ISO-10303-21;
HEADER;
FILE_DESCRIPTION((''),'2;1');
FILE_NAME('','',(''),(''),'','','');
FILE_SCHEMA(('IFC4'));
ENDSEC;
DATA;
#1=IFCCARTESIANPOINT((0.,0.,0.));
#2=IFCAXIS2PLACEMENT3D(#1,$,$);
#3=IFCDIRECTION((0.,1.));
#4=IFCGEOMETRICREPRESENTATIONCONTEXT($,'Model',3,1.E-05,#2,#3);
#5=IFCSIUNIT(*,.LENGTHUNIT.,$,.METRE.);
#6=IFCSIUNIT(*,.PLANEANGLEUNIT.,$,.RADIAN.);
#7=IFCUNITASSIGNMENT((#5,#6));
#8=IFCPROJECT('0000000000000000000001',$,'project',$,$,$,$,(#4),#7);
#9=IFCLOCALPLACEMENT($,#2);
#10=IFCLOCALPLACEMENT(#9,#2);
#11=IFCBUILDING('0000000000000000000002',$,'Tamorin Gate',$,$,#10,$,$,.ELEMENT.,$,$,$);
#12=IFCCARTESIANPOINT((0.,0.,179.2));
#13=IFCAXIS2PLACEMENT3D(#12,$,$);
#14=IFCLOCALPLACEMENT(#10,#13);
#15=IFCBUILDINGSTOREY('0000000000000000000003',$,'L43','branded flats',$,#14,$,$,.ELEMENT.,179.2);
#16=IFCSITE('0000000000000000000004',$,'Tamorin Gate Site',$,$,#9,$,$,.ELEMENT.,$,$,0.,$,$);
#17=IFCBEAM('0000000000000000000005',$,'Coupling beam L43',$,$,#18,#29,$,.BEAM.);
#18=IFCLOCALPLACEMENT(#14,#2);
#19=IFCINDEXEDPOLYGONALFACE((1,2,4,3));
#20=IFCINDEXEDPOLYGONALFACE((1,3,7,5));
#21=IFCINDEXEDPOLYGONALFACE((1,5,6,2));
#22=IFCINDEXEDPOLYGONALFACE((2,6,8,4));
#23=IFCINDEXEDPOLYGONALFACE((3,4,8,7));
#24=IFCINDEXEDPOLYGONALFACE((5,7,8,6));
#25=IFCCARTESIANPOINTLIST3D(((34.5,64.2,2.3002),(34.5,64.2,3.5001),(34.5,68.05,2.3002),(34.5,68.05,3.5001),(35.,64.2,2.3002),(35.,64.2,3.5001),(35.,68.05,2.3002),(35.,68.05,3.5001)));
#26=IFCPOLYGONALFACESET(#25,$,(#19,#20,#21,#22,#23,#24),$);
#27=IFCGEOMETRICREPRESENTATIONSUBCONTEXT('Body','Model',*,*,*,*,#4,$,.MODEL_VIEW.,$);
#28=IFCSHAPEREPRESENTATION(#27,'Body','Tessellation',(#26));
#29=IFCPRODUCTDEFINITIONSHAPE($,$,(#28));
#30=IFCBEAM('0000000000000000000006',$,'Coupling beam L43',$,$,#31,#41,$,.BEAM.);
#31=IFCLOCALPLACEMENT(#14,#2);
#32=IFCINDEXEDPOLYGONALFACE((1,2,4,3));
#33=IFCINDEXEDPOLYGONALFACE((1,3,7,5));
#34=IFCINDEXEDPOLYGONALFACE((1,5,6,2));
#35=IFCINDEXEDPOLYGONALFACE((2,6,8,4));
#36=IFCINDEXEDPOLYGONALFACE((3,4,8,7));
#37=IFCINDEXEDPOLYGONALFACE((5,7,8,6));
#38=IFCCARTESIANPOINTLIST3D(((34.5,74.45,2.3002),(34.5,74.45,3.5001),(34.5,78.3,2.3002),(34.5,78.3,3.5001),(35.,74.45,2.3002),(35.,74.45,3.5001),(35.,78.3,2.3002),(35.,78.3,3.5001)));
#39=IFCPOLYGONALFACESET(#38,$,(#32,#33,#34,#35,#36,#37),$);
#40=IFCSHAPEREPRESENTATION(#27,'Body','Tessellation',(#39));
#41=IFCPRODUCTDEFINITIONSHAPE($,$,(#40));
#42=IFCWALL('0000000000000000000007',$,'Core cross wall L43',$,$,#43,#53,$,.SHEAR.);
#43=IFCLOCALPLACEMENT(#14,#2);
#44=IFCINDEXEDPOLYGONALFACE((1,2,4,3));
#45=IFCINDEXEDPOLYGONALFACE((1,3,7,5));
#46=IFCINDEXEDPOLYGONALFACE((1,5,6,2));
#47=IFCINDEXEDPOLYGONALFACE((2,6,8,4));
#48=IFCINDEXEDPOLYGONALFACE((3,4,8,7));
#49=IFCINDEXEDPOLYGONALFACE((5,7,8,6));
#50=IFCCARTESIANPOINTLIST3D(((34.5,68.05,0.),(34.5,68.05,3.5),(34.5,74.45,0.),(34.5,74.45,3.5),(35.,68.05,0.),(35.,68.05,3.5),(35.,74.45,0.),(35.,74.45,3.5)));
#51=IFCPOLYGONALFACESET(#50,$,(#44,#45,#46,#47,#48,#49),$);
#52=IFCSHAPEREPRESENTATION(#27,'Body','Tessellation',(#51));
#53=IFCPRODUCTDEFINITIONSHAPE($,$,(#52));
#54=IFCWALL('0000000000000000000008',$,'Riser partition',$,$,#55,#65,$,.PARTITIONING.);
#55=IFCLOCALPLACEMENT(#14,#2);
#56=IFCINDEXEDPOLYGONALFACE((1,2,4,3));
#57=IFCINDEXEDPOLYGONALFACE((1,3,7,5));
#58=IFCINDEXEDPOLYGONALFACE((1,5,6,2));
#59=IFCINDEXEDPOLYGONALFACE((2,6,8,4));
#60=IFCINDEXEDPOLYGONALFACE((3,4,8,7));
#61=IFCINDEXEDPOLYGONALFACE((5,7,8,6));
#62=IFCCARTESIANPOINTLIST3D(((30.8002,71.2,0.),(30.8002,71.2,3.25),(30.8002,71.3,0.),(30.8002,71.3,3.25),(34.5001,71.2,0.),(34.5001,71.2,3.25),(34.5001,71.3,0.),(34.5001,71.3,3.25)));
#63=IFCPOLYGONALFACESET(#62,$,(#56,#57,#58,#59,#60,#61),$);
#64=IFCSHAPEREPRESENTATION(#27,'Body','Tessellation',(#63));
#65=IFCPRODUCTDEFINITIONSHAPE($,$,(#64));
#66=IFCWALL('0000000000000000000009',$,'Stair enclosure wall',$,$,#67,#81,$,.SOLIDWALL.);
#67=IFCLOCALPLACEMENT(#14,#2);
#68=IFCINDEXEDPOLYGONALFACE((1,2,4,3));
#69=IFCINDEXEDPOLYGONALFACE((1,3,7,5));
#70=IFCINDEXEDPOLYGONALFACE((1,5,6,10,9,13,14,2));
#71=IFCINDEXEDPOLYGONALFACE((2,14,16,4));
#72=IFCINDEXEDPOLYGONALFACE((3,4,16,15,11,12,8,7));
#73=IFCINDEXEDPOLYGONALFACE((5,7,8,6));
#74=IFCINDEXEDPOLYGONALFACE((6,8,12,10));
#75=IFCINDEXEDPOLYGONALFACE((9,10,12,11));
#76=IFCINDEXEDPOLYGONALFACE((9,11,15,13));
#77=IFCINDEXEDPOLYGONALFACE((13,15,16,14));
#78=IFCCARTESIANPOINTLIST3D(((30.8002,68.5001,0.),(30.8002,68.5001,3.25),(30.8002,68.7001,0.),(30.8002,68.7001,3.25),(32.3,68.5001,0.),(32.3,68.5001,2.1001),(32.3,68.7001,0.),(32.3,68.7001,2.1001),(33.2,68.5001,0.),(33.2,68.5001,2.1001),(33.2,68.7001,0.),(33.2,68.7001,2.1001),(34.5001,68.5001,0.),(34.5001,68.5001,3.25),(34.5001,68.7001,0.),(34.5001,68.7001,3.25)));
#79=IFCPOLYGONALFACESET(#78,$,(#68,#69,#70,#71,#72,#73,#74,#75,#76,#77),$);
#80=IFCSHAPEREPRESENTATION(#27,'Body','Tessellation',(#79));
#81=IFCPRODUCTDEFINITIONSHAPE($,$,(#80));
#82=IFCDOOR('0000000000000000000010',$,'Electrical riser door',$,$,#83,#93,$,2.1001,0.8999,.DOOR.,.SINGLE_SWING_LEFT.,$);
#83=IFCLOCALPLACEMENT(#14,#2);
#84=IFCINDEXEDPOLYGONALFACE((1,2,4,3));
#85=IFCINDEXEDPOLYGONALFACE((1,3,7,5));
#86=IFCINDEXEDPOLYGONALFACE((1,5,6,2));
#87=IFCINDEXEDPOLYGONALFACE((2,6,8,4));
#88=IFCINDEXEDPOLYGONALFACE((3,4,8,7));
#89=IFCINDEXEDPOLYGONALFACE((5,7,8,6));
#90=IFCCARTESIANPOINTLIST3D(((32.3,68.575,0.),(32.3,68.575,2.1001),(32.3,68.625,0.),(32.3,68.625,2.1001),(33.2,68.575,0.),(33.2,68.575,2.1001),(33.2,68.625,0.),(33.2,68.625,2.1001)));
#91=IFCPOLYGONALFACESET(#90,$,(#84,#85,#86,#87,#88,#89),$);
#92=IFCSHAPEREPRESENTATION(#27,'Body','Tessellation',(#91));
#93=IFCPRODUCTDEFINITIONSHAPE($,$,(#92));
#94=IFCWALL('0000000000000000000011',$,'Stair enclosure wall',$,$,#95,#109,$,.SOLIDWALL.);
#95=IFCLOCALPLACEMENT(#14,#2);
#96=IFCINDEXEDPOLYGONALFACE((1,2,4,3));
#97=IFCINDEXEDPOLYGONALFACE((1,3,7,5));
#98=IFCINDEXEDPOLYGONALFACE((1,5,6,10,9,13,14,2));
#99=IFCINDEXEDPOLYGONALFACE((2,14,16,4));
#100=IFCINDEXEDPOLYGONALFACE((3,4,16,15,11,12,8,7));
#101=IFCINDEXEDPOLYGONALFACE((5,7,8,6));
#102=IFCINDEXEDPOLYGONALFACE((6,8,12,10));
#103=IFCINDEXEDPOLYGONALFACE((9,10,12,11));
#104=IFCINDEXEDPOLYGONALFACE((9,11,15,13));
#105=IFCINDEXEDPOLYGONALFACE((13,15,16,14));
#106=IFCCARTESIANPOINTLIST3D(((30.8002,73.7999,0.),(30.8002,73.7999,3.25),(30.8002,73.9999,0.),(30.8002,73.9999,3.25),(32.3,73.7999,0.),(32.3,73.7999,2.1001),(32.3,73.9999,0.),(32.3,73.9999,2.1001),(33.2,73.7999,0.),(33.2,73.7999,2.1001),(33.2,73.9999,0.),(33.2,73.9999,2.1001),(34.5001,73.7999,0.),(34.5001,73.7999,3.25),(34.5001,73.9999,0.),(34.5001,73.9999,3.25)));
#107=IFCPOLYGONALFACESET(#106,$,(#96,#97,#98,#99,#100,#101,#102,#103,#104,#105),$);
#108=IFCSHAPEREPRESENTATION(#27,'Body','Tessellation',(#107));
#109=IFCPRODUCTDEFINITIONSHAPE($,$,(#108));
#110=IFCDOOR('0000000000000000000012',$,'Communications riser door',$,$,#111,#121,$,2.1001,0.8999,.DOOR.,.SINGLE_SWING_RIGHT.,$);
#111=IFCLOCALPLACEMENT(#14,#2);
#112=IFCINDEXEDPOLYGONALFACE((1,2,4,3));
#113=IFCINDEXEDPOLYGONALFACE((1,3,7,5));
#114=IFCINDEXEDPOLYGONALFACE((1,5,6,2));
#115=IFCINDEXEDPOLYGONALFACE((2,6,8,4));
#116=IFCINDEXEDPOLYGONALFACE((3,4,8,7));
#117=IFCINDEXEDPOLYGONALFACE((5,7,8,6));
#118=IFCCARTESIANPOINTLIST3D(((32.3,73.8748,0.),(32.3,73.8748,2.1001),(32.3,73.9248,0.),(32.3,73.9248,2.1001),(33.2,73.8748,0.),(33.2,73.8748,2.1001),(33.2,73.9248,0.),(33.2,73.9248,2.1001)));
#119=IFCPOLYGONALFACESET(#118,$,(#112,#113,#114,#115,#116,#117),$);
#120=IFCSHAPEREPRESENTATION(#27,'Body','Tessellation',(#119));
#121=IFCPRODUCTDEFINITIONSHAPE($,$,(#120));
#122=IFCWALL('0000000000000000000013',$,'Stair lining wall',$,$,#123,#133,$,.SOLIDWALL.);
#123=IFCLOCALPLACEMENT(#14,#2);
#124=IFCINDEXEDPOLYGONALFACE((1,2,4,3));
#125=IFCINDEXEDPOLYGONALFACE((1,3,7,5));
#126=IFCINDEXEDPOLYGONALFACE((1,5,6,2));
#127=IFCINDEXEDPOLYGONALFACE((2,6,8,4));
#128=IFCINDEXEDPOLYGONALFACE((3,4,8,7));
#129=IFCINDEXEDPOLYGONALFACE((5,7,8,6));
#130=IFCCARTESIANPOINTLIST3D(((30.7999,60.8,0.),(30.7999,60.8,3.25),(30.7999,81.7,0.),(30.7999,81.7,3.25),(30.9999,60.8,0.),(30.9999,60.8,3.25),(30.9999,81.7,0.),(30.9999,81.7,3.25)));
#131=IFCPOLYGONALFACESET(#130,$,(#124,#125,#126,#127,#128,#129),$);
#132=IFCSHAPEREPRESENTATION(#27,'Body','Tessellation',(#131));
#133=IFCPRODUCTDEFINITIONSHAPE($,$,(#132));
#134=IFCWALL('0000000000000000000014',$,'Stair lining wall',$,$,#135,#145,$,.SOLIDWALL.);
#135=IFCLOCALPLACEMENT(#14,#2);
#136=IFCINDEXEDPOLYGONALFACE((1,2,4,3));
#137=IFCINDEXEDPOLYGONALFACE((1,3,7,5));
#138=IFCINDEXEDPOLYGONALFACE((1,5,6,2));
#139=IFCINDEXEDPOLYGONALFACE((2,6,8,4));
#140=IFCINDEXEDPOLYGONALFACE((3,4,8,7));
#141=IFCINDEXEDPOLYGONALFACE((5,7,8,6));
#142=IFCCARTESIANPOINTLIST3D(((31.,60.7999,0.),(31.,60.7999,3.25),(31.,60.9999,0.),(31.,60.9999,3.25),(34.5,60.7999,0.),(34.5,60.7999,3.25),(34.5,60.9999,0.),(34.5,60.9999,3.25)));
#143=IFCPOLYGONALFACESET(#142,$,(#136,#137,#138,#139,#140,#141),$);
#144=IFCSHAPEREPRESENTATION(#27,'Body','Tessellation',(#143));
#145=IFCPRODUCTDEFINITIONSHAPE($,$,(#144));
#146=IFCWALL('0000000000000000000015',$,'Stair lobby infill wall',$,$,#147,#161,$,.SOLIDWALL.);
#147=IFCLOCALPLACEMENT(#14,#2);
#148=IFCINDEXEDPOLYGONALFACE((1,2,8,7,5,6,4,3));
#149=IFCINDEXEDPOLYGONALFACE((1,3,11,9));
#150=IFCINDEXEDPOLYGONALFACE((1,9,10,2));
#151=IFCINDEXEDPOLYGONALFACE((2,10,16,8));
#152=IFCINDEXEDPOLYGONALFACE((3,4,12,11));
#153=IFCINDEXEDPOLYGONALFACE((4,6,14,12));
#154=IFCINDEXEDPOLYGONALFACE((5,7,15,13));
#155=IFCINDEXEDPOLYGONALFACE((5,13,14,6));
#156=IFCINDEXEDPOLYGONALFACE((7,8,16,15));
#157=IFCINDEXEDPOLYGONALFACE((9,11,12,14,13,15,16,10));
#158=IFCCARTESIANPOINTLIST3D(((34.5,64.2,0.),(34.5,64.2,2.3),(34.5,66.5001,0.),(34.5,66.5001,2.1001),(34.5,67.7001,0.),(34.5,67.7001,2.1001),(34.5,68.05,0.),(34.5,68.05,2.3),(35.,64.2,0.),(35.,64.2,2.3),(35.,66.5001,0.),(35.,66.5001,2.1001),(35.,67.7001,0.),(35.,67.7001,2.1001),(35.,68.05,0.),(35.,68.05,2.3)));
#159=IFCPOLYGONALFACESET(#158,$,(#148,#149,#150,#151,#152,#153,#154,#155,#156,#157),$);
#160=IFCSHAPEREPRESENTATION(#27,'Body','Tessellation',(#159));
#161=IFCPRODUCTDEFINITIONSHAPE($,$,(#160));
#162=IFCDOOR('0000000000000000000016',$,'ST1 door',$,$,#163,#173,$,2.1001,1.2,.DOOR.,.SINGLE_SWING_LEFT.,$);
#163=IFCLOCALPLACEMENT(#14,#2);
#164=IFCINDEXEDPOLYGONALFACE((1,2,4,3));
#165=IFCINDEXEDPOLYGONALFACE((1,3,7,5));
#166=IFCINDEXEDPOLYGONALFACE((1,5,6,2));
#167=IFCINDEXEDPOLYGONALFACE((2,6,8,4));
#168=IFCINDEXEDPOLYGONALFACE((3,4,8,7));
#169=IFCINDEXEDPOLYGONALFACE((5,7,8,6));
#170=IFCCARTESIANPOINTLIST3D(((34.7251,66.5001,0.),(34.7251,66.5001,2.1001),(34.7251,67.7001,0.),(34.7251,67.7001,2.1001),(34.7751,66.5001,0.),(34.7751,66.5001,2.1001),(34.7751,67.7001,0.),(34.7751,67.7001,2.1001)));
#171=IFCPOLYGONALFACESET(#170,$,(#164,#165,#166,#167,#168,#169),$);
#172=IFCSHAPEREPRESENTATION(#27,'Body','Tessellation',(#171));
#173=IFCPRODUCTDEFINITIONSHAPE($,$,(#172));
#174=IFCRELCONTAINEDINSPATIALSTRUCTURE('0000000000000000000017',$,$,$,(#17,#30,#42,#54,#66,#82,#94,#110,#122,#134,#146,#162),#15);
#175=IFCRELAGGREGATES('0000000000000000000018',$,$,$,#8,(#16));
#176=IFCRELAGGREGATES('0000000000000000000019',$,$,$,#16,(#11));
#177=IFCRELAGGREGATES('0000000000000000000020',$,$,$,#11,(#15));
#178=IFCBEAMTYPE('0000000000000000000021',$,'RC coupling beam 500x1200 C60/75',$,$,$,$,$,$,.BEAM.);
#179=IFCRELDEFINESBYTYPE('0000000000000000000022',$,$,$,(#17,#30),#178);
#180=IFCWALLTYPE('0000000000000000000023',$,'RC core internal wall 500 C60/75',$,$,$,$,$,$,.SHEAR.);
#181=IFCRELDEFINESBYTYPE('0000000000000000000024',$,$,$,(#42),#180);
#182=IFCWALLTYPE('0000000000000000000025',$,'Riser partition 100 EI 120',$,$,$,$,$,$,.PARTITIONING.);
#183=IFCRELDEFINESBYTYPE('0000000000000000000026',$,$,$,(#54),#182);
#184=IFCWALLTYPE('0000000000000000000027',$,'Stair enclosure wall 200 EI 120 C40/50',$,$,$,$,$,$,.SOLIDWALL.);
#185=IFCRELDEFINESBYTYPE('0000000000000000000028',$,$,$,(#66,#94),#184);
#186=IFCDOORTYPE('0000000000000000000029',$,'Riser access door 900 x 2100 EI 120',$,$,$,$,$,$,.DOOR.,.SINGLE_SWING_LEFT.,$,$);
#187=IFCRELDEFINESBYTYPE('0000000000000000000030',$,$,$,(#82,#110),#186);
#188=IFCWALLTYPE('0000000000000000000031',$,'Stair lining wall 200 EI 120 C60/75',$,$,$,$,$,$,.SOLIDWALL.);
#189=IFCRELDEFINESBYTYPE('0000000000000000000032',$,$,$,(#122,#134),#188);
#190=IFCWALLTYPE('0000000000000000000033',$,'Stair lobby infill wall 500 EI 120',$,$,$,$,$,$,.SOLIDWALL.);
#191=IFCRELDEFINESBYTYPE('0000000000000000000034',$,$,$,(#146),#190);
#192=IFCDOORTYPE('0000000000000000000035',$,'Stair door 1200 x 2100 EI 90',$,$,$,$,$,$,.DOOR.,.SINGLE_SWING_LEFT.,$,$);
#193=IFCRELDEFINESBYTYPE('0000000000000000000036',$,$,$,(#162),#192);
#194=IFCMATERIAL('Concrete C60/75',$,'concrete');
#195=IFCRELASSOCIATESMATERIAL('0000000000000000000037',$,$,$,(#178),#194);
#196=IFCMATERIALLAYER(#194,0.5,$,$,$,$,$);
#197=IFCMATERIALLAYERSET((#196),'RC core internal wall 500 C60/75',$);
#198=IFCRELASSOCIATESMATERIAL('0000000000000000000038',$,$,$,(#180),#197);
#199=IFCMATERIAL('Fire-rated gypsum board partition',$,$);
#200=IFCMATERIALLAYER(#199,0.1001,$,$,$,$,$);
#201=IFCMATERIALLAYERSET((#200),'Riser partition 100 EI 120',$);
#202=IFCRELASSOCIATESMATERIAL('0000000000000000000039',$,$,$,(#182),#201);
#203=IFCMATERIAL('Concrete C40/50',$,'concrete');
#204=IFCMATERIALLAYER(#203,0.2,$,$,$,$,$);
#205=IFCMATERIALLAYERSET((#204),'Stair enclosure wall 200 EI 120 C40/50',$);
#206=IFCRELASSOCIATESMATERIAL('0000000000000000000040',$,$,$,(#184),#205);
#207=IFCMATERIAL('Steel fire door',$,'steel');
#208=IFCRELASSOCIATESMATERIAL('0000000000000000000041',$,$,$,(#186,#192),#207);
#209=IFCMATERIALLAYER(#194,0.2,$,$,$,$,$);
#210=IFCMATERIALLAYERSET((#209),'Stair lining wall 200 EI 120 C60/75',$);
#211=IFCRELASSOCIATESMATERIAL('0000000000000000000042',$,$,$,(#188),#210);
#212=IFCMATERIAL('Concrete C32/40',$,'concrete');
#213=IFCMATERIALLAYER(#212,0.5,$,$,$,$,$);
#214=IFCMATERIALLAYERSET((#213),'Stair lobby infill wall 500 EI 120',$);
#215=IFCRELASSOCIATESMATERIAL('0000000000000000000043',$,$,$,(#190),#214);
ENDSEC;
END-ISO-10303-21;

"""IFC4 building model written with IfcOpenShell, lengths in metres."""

from ifc_helpers import new_model, si_unit, direction, frame, frame_2d, origin, origin_2d, place, context, subcontext, project, spatial, rectangle, extrude, material, layer, layer_set, material_profile, profile_set, type_object, element, fill, save


model = new_model("IFC4")

# Units and contexts
model_context = context("Model", 3, precision=1e-05, world=origin(), true_north=direction((0.0, 1.0)))
body_context = subcontext(model_context, "Body", "Model", "MODEL_VIEW")
ifc_project = project(units=[si_unit("LENGTHUNIT", "METRE"), si_unit("PLANEANGLEUNIT", "RADIAN")], contexts=[model_context])

# Site, building, storey
site_placement = place(None, origin())
site = spatial("IfcSite", under=ifc_project, at=site_placement, Name="Tamorin Gate Site", CompositionType="ELEMENT", RefElevation=0.0)
building_placement = place(site_placement, origin())
building = spatial("IfcBuilding", under=site, at=building_placement, Name="Tamorin Gate", CompositionType="ELEMENT")
storey_placement = place(building_placement, frame((0.0, 0.0, 179.2)))
storey = spatial("IfcBuildingStorey", under=building, at=storey_placement, Name="L43", Description="branded flats", CompositionType="ELEMENT", Elevation=179.2)

# Beams
ifc_material_1 = material(Name="Concrete C60/75", Category="concrete")
ifc_material_profile = material_profile(ifc_material_1, rectangle(XDim=0.5, YDim=1.2, at=origin_2d()), Name="RC 500x1200")
ifc_profile_set = profile_set([ifc_material_profile], Name="Concrete C60/75")
beam_type = type_object("IfcBeamType", Name="RC coupling beam 500x1200 C60/75", PredefinedType="BEAM", material=ifc_profile_set)
for number, where, z_axis, x_axis, name in (
    (1, (34.75, 64.2, 2.9001), (0.0, 1.0, 0.0), (-1.0, 0.0, 0.0), "Coupling beam L43"),
    (2, (34.75, 74.45, 2.9001), (0.0, 1.0, 0.0), (-1.0, 0.0, 0.0), "Coupling beam L43"),
):
    element("IfcBeam", number, at=place(storey_placement, frame(where, z_axis=z_axis, x_axis=x_axis)), inside=storey, type_object=beam_type, Name=name, PredefinedType="BEAM", context=body_context, shape_type="SweptSolid", body=[
        extrude(rectangle(XDim=0.5, YDim=1.2, at=origin_2d()), origin(), (0.0, 0.0, 1.0), 3.8501),
    ])

# Walls
ifc_layer_1 = layer(ifc_material_1, 0.5)
ifc_layer_set_1 = layer_set([ifc_layer_1], Name="RC core internal wall 500 C60/75")
wall_type_1 = type_object("IfcWallType", Name="RC core internal wall 500 C60/75", PredefinedType="SHEAR", material=ifc_layer_set_1)
wall_1_placement = place(storey_placement, frame((34.75, 68.05, 0.0), z_axis=(0.0, 0.0, 1.0), x_axis=(0.0, 1.0, 0.0)))
element("IfcWall", 3, at=wall_1_placement, inside=storey, type_object=wall_type_1, Name="Core cross wall L43", PredefinedType="SHEAR", context=body_context, shape_type="SweptSolid", body=[
    extrude(rectangle(XDim=6.3999, YDim=0.5, at=frame_2d((3.2, 0.0))), origin(), (0.0, 0.0, 1.0), 3.5),
])
ifc_material_2 = material(Name="Fire-rated gypsum board partition")
ifc_layer_2 = layer(ifc_material_2, 0.1001)
ifc_layer_set_2 = layer_set([ifc_layer_2], Name="Riser partition 100 EI 120")
wall_type_2 = type_object("IfcWallType", Name="Riser partition 100 EI 120", PredefinedType="PARTITIONING", material=ifc_layer_set_2)
wall_2_placement = place(storey_placement, frame((30.8, 71.25, 0.0), z_axis=(0.0, 0.0, 1.0), x_axis=(1.0, 0.0, 0.0)))
element("IfcWall", 4, at=wall_2_placement, inside=storey, type_object=wall_type_2, Name="Riser partition", PredefinedType="PARTITIONING", context=body_context, shape_type="SweptSolid", body=[
    extrude(rectangle(XDim=3.7, YDim=0.1001, at=frame_2d((1.8501, 0.0))), origin(), (0.0, 0.0, 1.0), 3.25),
])

# Walls, openings, doors
ifc_material_3 = material(Name="Concrete C40/50", Category="concrete")
ifc_layer_3 = layer(ifc_material_3, 0.2)
ifc_layer_set_3 = layer_set([ifc_layer_3], Name="Stair enclosure wall 200 EI 120 C40/50")
wall_type_3 = type_object("IfcWallType", Name="Stair enclosure wall 200 EI 120 C40/50", PredefinedType="SOLIDWALL", material=ifc_layer_set_3)
wall_3_placement = place(storey_placement, frame((30.8, 68.6001, 0.0), z_axis=(0.0, 0.0, 1.0), x_axis=(1.0, 0.0, 0.0)))
wall_3 = element("IfcWall", 5, at=wall_3_placement, inside=storey, type_object=wall_type_3, Name="Stair enclosure wall", PredefinedType="SOLIDWALL", context=body_context, shape_type="SweptSolid", body=[
    extrude(rectangle(XDim=3.7, YDim=0.2, at=frame_2d((1.8501, 0.0))), origin(), (0.0, 0.0, 1.0), 3.25),
])
opening_1_placement = place(wall_3_placement, frame((1.5, 0.0, 0.0)))
opening_1 = element("IfcOpeningElement", 6, at=opening_1_placement, cuts=wall_3, PredefinedType="OPENING", context=body_context, shape_type="SweptSolid", body=[
    extrude(rectangle(XDim=0.8999, YDim=2.1001, at=frame_2d((0.45, 1.05))), frame((0.0, 0.1099, 0.0), z_axis=(0.0, -1.0, 0.0), x_axis=(1.0, 0.0, 0.0)), (0.0, 0.0, 1.0), 0.22),
])
ifc_material_4 = material(Name="Steel fire door", Category="steel")
door_type_1 = type_object("IfcDoorType", Name="Riser access door 900 x 2100 EI 120", OperationType="SINGLE_SWING_LEFT", PredefinedType="DOOR", material=ifc_material_4)
door_1_placement = place(opening_1_placement, origin())
door_1 = element("IfcDoor", 7, at=door_1_placement, inside=storey, type_object=door_type_1, Name="Electrical riser door", OperationType="SINGLE_SWING_LEFT", OverallHeight=2.1001, OverallWidth=0.8999, PredefinedType="DOOR", context=body_context, shape_type="SweptSolid", body=[
    extrude(rectangle(XDim=0.8999, YDim=2.1001, at=frame_2d((0.45, 1.05))), frame((0.0, 0.0249, 0.0), z_axis=(0.0, -1.0, 0.0), x_axis=(1.0, 0.0, 0.0)), (0.0, 0.0, 1.0), 0.05),
])
fill(opening_1, door_1)
wall_4_placement = place(storey_placement, frame((30.8, 73.8999, 0.0), z_axis=(0.0, 0.0, 1.0), x_axis=(1.0, 0.0, 0.0)))
wall_4 = element("IfcWall", 8, at=wall_4_placement, inside=storey, type_object=wall_type_3, Name="Stair enclosure wall", PredefinedType="SOLIDWALL", context=body_context, shape_type="SweptSolid", body=[
    extrude(rectangle(XDim=3.7, YDim=0.2, at=frame_2d((1.8501, 0.0))), origin(), (0.0, 0.0, 1.0), 3.25),
])
opening_2_placement = place(wall_4_placement, frame((1.5, 0.0, 0.0)))
opening_2 = element("IfcOpeningElement", 9, at=opening_2_placement, cuts=wall_4, PredefinedType="OPENING", context=body_context, shape_type="SweptSolid", body=[
    extrude(rectangle(XDim=0.8999, YDim=2.1001, at=frame_2d((0.45, 1.05))), frame((0.0, 0.1099, 0.0), z_axis=(0.0, -1.0, 0.0), x_axis=(1.0, 0.0, 0.0)), (0.0, 0.0, 1.0), 0.22),
])
door_2_placement = place(opening_2_placement, origin())
door_2 = element("IfcDoor", 10, at=door_2_placement, inside=storey, type_object=door_type_1, Name="Communications riser door", OperationType="SINGLE_SWING_RIGHT", OverallHeight=2.1001, OverallWidth=0.8999, PredefinedType="DOOR", context=body_context, shape_type="SweptSolid", body=[
    extrude(rectangle(XDim=0.8999, YDim=2.1001, at=frame_2d((0.45, 1.05))), frame((0.0, 0.0249, 0.0), z_axis=(0.0, -1.0, 0.0), x_axis=(1.0, 0.0, 0.0)), (0.0, 0.0, 1.0), 0.05),
])
fill(opening_2, door_2)

# Walls
ifc_layer_4 = layer(ifc_material_1, 0.2)
ifc_layer_set_4 = layer_set([ifc_layer_4], Name="Stair lining wall 200 EI 120 C60/75")
wall_type_4 = type_object("IfcWallType", Name="Stair lining wall 200 EI 120 C60/75", PredefinedType="SOLIDWALL", material=ifc_layer_set_4)
wall_5_placement = place(storey_placement, frame((30.8999, 60.8, 0.0), z_axis=(0.0, 0.0, 1.0), x_axis=(0.0, 1.0, 0.0)))
element("IfcWall", 11, at=wall_5_placement, inside=storey, type_object=wall_type_4, Name="Stair lining wall", PredefinedType="SOLIDWALL", context=body_context, shape_type="SweptSolid", body=[
    extrude(rectangle(XDim=20.8999, YDim=0.2, at=frame_2d((10.45, 0.0))), origin(), (0.0, 0.0, 1.0), 3.25),
])
wall_6_placement = place(storey_placement, frame((31.0, 60.8999, 0.0), z_axis=(0.0, 0.0, 1.0), x_axis=(1.0, 0.0, 0.0)))
element("IfcWall", 12, at=wall_6_placement, inside=storey, type_object=wall_type_4, Name="Stair lining wall", PredefinedType="SOLIDWALL", context=body_context, shape_type="SweptSolid", body=[
    extrude(rectangle(XDim=3.5, YDim=0.2, at=frame_2d((1.75, 0.0))), origin(), (0.0, 0.0, 1.0), 3.25),
])

# Wall, opening, door
ifc_material_5 = material(Name="Concrete C32/40", Category="concrete")
ifc_layer_5 = layer(ifc_material_5, 0.5)
ifc_layer_set_5 = layer_set([ifc_layer_5], Name="Stair lobby infill wall 500 EI 120")
wall_type_5 = type_object("IfcWallType", Name="Stair lobby infill wall 500 EI 120", PredefinedType="SOLIDWALL", material=ifc_layer_set_5)
wall_7_placement = place(storey_placement, frame((34.75, 64.2, 0.0), z_axis=(0.0, 0.0, 1.0), x_axis=(0.0, 1.0, 0.0)))
wall_7 = element("IfcWall", 13, at=wall_7_placement, inside=storey, type_object=wall_type_5, Name="Stair lobby infill wall", PredefinedType="SOLIDWALL", context=body_context, shape_type="SweptSolid", body=[
    extrude(rectangle(XDim=3.8501, YDim=0.5, at=frame_2d((1.925, 0.0))), origin(), (0.0, 0.0, 1.0), 2.3),
])
opening_3_placement = place(wall_7_placement, frame((2.3, 0.0, 0.0)))
opening_3 = element("IfcOpeningElement", 14, at=opening_3_placement, cuts=wall_7, PredefinedType="OPENING", context=body_context, shape_type="SweptSolid", body=[
    extrude(rectangle(XDim=1.2, YDim=2.1001, at=frame_2d((0.6001, 1.05))), frame((0.0, 0.26, 0.0), z_axis=(0.0, -1.0, 0.0), x_axis=(1.0, 0.0, 0.0)), (0.0, 0.0, 1.0), 0.52),
])
door_type_2 = type_object("IfcDoorType", Name="Stair door 1200 x 2100 EI 90", OperationType="SINGLE_SWING_LEFT", PredefinedType="DOOR", material=ifc_material_4)
door_3_placement = place(opening_3_placement, origin())
door_3 = element("IfcDoor", 15, at=door_3_placement, inside=storey, type_object=door_type_2, Name="ST1 door", OperationType="SINGLE_SWING_LEFT", OverallHeight=2.1001, OverallWidth=1.2, PredefinedType="DOOR", context=body_context, shape_type="SweptSolid", body=[
    extrude(rectangle(XDim=1.2, YDim=2.1001, at=frame_2d((0.6001, 1.05))), frame((0.0, 0.0249, 0.0), z_axis=(0.0, -1.0, 0.0), x_axis=(1.0, 0.0, 0.0)), (0.0, 0.0, 1.0), 0.05),
])
fill(opening_3, door_3)

save(model, "model.ifc")
